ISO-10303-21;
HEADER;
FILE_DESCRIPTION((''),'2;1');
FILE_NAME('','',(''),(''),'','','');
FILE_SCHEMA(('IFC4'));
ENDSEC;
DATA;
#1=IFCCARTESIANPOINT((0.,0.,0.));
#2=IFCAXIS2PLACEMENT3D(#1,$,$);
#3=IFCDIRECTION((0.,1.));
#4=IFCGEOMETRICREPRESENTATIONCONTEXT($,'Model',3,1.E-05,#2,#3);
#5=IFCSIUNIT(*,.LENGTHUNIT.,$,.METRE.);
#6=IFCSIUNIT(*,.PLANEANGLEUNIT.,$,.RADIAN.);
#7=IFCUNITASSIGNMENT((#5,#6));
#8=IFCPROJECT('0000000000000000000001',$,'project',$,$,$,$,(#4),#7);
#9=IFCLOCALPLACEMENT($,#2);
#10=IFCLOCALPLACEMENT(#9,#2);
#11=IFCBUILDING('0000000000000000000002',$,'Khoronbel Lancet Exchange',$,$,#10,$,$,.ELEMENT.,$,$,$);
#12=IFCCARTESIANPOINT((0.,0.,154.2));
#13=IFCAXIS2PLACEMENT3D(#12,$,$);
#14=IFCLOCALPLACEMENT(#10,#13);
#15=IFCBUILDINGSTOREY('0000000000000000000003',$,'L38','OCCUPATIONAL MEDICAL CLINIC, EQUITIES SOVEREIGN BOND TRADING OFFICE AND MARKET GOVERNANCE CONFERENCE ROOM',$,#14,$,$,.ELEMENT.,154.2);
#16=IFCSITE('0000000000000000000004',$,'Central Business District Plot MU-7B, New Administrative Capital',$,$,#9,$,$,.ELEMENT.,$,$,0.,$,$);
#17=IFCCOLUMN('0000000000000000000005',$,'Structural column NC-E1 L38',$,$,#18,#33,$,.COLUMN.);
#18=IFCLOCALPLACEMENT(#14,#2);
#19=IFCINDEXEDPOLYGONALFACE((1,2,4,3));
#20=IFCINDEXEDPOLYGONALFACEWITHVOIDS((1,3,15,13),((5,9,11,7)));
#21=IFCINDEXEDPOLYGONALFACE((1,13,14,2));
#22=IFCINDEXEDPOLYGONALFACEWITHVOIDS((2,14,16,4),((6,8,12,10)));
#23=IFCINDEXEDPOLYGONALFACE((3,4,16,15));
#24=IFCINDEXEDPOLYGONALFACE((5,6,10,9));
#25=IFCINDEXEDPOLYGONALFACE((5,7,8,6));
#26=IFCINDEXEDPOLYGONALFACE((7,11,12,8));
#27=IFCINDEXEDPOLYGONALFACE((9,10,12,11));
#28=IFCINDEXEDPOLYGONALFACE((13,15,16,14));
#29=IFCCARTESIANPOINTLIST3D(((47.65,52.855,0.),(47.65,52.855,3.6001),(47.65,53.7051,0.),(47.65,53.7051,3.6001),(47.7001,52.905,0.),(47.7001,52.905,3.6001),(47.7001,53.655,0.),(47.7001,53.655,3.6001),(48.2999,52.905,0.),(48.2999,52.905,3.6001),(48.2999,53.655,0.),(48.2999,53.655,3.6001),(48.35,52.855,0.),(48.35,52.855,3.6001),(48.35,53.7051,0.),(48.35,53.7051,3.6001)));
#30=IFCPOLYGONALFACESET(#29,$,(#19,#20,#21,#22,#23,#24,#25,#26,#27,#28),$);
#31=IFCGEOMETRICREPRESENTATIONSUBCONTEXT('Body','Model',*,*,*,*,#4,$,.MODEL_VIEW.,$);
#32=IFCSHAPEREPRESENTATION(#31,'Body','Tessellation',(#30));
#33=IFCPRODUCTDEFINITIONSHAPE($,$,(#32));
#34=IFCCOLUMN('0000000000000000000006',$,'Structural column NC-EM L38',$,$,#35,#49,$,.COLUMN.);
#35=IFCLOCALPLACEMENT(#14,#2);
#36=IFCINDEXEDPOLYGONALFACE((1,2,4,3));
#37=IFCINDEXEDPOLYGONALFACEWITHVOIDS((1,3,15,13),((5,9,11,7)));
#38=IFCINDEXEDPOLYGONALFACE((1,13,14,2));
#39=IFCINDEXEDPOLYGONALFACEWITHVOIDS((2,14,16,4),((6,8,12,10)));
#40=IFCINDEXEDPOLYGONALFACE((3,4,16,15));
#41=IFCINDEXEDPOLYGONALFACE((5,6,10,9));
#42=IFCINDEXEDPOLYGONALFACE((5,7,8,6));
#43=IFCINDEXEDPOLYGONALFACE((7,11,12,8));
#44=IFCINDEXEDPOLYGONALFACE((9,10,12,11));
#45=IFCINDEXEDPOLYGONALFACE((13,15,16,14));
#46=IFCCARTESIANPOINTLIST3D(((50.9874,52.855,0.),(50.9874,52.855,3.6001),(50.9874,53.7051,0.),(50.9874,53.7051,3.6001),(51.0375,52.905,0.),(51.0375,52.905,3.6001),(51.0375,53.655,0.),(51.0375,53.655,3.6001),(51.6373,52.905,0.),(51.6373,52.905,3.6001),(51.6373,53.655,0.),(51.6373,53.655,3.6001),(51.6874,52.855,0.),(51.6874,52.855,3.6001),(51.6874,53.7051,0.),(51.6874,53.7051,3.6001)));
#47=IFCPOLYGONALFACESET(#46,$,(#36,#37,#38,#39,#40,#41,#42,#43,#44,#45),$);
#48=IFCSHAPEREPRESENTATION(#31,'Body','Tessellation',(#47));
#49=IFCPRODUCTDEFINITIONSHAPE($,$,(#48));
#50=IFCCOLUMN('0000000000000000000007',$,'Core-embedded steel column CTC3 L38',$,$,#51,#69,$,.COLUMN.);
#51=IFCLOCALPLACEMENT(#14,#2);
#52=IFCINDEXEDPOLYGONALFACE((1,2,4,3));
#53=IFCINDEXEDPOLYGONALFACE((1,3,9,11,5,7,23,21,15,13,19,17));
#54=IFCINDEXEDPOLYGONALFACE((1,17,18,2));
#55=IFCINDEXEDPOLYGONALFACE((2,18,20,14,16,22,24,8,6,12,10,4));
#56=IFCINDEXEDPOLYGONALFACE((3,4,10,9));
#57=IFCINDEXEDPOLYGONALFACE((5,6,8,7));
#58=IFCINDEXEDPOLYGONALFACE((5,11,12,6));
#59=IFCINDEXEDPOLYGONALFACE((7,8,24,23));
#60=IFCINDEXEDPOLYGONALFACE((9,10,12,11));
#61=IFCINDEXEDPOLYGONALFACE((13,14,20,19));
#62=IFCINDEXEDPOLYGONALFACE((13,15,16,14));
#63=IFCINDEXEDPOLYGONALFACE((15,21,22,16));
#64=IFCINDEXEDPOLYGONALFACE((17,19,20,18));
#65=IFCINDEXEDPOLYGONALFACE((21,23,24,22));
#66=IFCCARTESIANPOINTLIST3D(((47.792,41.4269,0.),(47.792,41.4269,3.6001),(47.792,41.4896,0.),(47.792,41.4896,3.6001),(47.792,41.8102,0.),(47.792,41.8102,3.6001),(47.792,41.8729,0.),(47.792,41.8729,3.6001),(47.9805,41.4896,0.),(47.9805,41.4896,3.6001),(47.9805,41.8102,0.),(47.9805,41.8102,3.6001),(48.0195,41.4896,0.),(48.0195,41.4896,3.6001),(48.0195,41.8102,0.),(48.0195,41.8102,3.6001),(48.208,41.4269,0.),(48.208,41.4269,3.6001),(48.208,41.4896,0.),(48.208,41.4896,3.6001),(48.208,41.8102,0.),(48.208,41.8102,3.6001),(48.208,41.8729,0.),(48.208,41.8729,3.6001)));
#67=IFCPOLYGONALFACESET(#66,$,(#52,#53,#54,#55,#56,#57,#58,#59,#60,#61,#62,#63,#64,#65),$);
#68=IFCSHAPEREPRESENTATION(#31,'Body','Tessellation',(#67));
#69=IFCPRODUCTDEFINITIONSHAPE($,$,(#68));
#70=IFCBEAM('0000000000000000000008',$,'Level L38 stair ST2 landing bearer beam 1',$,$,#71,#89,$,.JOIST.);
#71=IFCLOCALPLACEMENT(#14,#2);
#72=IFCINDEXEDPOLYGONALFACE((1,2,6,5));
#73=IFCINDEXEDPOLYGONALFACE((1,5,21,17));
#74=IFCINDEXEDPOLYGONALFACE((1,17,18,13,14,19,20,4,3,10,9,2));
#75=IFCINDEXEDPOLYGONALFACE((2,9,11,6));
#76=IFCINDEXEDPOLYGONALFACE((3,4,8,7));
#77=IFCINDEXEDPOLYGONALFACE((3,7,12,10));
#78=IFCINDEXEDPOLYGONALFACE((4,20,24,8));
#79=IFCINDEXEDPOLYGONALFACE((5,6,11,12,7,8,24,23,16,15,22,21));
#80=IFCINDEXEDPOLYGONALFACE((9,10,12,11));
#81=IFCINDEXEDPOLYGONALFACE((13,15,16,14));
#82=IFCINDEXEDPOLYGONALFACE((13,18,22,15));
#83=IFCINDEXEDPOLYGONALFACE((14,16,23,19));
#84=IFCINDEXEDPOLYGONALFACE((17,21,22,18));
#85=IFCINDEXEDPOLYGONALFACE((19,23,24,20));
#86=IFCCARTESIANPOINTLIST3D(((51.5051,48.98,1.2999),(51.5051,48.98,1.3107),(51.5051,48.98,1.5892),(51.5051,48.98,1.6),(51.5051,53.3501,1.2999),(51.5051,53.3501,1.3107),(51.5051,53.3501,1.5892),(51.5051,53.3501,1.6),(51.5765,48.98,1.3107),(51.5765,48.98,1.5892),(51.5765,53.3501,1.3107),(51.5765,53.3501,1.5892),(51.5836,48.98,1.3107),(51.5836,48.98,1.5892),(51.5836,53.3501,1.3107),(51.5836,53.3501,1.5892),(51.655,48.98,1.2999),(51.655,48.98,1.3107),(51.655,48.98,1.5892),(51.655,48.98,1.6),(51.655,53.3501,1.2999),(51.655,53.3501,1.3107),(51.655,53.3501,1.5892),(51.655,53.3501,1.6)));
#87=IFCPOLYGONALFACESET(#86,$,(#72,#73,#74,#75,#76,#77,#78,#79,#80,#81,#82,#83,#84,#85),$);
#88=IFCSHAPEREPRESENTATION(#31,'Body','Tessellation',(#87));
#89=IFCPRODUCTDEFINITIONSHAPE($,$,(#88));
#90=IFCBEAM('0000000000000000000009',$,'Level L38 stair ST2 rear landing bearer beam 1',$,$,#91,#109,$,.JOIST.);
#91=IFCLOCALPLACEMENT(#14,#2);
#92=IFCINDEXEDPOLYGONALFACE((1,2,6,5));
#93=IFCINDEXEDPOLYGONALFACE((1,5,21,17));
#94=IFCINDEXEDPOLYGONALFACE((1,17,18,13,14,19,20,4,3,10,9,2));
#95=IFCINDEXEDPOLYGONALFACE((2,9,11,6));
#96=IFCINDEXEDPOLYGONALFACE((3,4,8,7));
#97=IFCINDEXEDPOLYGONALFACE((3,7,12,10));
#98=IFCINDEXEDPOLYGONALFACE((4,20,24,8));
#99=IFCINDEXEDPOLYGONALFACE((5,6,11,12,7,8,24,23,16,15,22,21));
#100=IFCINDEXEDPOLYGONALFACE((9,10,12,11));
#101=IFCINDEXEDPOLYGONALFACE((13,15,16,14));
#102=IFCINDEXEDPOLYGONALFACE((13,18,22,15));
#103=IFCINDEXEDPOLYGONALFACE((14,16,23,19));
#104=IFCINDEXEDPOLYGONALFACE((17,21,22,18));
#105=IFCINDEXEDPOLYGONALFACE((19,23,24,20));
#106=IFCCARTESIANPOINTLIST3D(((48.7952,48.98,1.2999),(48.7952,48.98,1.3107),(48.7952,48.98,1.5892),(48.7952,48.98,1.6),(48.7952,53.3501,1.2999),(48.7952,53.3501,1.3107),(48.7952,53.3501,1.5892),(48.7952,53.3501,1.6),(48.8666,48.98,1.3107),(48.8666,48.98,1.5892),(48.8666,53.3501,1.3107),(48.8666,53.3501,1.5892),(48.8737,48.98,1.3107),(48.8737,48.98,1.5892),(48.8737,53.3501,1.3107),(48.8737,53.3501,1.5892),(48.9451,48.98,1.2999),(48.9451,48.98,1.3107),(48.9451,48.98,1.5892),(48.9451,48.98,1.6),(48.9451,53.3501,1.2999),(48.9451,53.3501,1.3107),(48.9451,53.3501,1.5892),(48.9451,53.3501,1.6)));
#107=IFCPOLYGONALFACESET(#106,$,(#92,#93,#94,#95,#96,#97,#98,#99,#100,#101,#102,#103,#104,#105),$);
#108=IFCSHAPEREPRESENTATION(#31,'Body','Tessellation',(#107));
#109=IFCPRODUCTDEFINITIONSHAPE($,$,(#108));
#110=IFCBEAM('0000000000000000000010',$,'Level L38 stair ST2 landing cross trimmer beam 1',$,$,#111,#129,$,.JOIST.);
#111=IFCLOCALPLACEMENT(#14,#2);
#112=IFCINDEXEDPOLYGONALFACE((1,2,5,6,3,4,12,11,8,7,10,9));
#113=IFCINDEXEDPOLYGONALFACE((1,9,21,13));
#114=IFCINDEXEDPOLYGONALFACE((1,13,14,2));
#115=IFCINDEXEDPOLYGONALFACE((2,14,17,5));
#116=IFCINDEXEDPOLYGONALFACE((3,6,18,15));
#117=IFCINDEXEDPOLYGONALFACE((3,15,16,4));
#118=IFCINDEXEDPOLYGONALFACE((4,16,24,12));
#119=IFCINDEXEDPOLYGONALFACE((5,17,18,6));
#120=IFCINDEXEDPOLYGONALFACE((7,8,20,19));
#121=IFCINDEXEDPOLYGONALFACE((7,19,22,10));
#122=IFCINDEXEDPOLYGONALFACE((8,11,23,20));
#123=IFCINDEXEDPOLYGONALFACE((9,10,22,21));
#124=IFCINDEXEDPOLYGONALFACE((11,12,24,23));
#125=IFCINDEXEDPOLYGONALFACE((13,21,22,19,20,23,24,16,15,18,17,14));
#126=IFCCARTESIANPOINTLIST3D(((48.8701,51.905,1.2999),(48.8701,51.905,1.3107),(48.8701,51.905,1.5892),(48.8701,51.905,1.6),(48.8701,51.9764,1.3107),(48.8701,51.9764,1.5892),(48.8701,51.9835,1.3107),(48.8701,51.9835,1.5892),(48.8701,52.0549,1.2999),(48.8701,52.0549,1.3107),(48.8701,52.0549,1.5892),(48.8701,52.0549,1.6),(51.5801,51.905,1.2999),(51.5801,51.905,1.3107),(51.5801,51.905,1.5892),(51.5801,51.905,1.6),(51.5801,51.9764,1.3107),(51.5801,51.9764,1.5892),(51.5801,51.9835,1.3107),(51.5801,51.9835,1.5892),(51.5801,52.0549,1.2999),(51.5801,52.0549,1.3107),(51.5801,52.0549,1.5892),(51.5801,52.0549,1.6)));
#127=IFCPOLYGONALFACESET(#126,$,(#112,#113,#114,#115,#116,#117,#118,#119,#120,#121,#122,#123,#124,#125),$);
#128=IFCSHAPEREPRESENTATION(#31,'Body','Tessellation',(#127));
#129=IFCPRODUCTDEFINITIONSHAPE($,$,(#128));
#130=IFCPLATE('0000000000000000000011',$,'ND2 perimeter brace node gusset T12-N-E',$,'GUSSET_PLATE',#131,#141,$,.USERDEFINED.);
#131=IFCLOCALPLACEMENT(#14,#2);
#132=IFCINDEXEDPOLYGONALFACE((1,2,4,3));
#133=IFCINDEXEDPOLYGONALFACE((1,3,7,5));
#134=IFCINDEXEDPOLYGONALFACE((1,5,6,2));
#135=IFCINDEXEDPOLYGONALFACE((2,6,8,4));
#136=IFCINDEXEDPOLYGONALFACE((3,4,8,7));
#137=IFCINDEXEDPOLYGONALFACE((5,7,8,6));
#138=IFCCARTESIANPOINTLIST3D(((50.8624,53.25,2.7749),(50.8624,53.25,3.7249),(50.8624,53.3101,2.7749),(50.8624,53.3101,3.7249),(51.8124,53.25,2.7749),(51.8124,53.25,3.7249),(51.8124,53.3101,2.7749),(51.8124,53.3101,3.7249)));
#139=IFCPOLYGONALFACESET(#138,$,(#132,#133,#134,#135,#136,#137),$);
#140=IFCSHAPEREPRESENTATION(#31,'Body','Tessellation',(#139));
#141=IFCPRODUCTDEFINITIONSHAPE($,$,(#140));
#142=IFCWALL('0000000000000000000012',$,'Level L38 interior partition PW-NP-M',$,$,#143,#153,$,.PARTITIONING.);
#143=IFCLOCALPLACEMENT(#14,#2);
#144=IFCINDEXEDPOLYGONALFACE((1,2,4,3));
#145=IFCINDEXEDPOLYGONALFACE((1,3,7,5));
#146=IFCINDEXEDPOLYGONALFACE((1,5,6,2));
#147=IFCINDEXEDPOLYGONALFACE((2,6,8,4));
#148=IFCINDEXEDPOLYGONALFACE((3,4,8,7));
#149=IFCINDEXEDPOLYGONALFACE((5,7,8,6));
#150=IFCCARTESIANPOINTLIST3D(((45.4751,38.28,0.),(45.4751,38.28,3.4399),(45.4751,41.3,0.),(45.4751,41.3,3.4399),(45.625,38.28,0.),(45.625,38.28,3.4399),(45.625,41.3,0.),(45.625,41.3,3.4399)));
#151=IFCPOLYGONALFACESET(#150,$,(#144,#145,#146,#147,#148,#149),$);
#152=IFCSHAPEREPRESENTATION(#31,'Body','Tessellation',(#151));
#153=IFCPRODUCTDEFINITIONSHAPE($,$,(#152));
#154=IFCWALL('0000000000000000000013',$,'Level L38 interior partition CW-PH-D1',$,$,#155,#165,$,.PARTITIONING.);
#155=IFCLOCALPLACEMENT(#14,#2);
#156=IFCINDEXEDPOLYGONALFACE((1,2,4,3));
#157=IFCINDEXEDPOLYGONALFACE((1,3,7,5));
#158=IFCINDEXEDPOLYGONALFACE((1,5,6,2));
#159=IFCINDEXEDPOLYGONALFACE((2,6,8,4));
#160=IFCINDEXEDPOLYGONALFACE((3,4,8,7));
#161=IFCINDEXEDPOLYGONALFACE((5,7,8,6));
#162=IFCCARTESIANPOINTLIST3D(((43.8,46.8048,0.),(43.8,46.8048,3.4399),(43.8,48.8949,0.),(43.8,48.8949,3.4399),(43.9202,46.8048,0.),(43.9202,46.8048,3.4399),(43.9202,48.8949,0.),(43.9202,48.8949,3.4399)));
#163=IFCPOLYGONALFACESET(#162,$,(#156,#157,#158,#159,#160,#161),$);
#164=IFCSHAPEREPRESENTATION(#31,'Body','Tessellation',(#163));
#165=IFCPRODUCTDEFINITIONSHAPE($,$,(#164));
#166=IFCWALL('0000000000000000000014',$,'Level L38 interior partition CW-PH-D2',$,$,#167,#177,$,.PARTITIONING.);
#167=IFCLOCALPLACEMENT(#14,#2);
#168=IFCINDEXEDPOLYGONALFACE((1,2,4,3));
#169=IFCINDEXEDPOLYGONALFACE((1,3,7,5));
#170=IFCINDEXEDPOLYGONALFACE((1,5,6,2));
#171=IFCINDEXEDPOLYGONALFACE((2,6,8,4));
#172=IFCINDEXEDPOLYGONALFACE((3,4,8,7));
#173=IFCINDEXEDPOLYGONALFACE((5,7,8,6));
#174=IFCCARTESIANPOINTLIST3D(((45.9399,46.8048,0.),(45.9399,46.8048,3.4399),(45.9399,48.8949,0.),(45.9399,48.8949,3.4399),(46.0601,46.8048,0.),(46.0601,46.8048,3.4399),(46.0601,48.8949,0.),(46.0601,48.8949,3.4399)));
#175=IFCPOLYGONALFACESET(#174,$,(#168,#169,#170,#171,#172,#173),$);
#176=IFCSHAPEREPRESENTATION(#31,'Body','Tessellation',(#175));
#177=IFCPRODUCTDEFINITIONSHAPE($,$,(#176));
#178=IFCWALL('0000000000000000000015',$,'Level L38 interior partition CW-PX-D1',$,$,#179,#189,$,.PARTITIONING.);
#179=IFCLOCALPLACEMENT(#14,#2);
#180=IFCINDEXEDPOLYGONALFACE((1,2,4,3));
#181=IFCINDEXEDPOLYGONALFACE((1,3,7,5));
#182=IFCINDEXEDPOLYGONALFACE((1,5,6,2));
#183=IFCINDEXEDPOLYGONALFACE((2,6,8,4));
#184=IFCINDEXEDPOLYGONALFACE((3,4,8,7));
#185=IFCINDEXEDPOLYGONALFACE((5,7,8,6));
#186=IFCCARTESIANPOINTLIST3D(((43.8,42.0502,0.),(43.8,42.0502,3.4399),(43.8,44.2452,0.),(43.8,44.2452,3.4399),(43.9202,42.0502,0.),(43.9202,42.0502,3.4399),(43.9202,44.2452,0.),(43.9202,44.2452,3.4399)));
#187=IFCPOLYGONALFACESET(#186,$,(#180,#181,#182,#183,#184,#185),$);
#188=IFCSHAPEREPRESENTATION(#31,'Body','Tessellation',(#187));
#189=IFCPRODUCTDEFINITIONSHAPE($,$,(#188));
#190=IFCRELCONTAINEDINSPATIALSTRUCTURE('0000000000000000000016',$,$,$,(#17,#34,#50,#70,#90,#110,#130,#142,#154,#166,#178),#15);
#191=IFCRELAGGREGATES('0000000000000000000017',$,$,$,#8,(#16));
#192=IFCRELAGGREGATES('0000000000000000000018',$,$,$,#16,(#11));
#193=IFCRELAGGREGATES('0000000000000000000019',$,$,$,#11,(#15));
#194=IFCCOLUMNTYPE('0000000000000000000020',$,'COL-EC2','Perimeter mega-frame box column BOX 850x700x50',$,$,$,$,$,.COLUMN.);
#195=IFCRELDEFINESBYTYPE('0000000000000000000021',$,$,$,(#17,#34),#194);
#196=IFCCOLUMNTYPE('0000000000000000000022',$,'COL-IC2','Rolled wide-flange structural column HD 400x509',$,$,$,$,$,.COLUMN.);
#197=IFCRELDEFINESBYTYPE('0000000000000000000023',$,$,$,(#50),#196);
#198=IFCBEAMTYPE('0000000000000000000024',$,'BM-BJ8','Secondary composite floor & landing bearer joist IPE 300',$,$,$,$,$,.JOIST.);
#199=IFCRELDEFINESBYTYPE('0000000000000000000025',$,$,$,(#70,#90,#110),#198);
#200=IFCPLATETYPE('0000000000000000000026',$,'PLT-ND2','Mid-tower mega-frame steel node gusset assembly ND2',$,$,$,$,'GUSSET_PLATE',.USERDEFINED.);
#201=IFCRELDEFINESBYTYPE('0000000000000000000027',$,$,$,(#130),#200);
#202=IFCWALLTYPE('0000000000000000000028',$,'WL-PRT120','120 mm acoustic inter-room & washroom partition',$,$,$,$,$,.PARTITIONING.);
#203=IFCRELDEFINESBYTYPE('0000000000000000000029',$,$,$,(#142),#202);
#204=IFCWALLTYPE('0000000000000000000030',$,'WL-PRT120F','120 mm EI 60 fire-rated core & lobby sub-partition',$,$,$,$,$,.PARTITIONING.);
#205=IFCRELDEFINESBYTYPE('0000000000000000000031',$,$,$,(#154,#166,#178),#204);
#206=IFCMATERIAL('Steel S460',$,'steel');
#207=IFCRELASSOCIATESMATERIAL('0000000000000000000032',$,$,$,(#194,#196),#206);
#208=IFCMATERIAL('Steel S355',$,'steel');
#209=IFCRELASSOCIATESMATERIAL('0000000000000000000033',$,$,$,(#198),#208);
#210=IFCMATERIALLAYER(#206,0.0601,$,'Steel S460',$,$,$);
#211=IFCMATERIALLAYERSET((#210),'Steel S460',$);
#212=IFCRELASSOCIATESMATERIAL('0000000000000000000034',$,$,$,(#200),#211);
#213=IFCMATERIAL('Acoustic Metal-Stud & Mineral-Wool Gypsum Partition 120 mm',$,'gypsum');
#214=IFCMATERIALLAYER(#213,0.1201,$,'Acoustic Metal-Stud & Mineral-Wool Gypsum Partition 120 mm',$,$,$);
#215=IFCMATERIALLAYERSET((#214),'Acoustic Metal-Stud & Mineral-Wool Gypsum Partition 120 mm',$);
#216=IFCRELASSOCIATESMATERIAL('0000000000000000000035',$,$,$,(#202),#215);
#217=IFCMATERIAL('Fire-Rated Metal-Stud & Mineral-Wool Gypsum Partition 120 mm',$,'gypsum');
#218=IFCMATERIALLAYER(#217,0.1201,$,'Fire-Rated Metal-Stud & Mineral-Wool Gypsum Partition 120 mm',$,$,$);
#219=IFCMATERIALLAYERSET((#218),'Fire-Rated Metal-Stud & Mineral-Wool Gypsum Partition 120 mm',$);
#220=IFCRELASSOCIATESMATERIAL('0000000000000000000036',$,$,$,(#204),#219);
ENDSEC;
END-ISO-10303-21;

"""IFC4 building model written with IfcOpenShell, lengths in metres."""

from ifc_helpers import new_model, si_unit, direction, frame, frame_2d, origin, origin_2d, place, context, subcontext, project, spatial, rectangle, hollow_rectangle, i_section, extrude, material, layer, layer_set, material_profile, profile_set, type_object, element, save


model = new_model("IFC4")

# Units and contexts
model_context = context("Model", 3, precision=1e-05, world=origin(), true_north=direction((0.0, 1.0)))
body_context = subcontext(model_context, "Body", "Model", "MODEL_VIEW")
ifc_project = project(units=[si_unit("LENGTHUNIT", "METRE"), si_unit("PLANEANGLEUNIT", "RADIAN")], contexts=[model_context])

# Site, building, storey
site_placement = place(None, origin())
site = spatial("IfcSite", under=ifc_project, at=site_placement, Name="Central Business District Plot MU-7B, New Administrative Capital", CompositionType="ELEMENT", RefElevation=0.0)
building_placement = place(site_placement, origin())
building = spatial("IfcBuilding", under=site, at=building_placement, Name="Khoronbel Lancet Exchange", CompositionType="ELEMENT")
storey_placement = place(building_placement, frame((0.0, 0.0, 154.2)))
storey = spatial("IfcBuildingStorey", under=building, at=storey_placement, Name="L38", Description="OCCUPATIONAL MEDICAL CLINIC, EQUITIES SOVEREIGN BOND TRADING OFFICE AND MARKET GOVERNANCE CONFERENCE ROOM", CompositionType="ELEMENT", Elevation=154.2)

# Columns
ifc_material_1 = material(Name="Steel S460", Category="steel")
ifc_material_profile_1 = material_profile(ifc_material_1, hollow_rectangle(XDim=0.7, YDim=0.8501, WallThickness=0.05, at=origin_2d()), Name="BOX 850x700x50")
ifc_profile_set_1 = profile_set([ifc_material_profile_1], Name="Steel S460")
column_type_1 = type_object("IfcColumnType", Name="COL-EC2", Description="Perimeter mega-frame box column BOX 850x700x50", PredefinedType="COLUMN", material=ifc_profile_set_1)
for number, where, z_axis, x_axis, name in (
    (1, (48.0, 53.28, 0.0), (0.0, 0.0, 1.0), (1.0, 0.0, 0.0), "Structural column NC-E1 L38"),
    (2, (51.3374, 53.28, 0.0), (0.0, 0.0, 1.0), (1.0, 0.0, 0.0), "Structural column NC-EM L38"),
):
    element("IfcColumn", number, at=place(storey_placement, frame(where, z_axis=z_axis, x_axis=x_axis)), inside=storey, type_object=column_type_1, Name=name, PredefinedType="COLUMN", context=body_context, shape_type="SweptSolid", body=[
        extrude(hollow_rectangle(XDim=0.7, YDim=0.8501, WallThickness=0.05, at=origin_2d()), origin(), (0.0, 0.0, 1.0), 3.6001),
    ])
ifc_material_profile_2 = material_profile(ifc_material_1, i_section(OverallWidth=0.416, OverallDepth=0.446, WebThickness=0.0391, FlangeThickness=0.0627, at=origin_2d()), Name="HD 400x509")
ifc_profile_set_2 = profile_set([ifc_material_profile_2], Name="Steel S460")
column_type_2 = type_object("IfcColumnType", Name="COL-IC2", Description="Rolled wide-flange structural column HD 400x509", PredefinedType="COLUMN", material=ifc_profile_set_2)
column_placement = place(storey_placement, frame((48.0, 41.6499, 0.0), z_axis=(0.0, 0.0, 1.0), x_axis=(1.0, 0.0, 0.0)))
element("IfcColumn", 3, at=column_placement, inside=storey, type_object=column_type_2, Name="Core-embedded steel column CTC3 L38", PredefinedType="COLUMN", context=body_context, shape_type="SweptSolid", body=[
    extrude(i_section(OverallWidth=0.416, OverallDepth=0.446, WebThickness=0.0391, FlangeThickness=0.0627, at=origin_2d()), origin(), (0.0, 0.0, 1.0), 3.6001),
])

# Beams
ifc_material_2 = material(Name="Steel S355", Category="steel")
ifc_material_profile_3 = material_profile(ifc_material_2, i_section(OverallWidth=0.1499, OverallDepth=0.3, WebThickness=0.0071, FlangeThickness=0.0107, at=origin_2d()), Name="IPE 300")
ifc_profile_set_3 = profile_set([ifc_material_profile_3], Name="Steel S355")
beam_type = type_object("IfcBeamType", Name="BM-BJ8", Description="Secondary composite floor & landing bearer joist IPE 300", PredefinedType="JOIST", material=ifc_profile_set_3)
for number, where, z_axis, x_axis, name in (
    (4, (51.5801, 48.98, 1.45), (0.0, 1.0, 0.0), (-1.0, 0.0, 0.0), "Level L38 stair ST2 landing bearer beam 1"),
    (5, (48.8701, 48.98, 1.45), (0.0, 1.0, 0.0), (-1.0, 0.0, 0.0), "Level L38 stair ST2 rear landing bearer beam 1"),
):
    element("IfcBeam", number, at=place(storey_placement, frame(where, z_axis=z_axis, x_axis=x_axis)), inside=storey, type_object=beam_type, Name=name, PredefinedType="JOIST", context=body_context, shape_type="SweptSolid", body=[
        extrude(i_section(OverallWidth=0.1499, OverallDepth=0.3, WebThickness=0.0071, FlangeThickness=0.0107, at=origin_2d()), origin(), (0.0, 0.0, 1.0), 4.3701),
    ])
beam_placement = place(storey_placement, frame((48.8701, 51.98, 1.45), z_axis=(1.0, 0.0, 0.0), x_axis=(0.0, 1.0, 0.0)))
element("IfcBeam", 6, at=beam_placement, inside=storey, type_object=beam_type, Name="Level L38 stair ST2 landing cross trimmer beam 1", PredefinedType="JOIST", context=body_context, shape_type="SweptSolid", body=[
    extrude(i_section(OverallWidth=0.1499, OverallDepth=0.3, WebThickness=0.0071, FlangeThickness=0.0107, at=origin_2d()), origin(), (0.0, 0.0, 1.0), 2.71),
])

# Plate
ifc_layer_1 = layer(ifc_material_1, 0.0601, Name="Steel S460")
ifc_layer_set_1 = layer_set([ifc_layer_1], Name="Steel S460")
plate_type = type_object("IfcPlateType", Name="PLT-ND2", Description="Mid-tower mega-frame steel node gusset assembly ND2", ElementType="GUSSET_PLATE", PredefinedType="USERDEFINED", material=ifc_layer_set_1)
plate_placement = place(storey_placement, frame((51.3374, 53.28, 2.7749), z_axis=(0.0, 0.0, 1.0), x_axis=(1.0, 0.0, 0.0)))
element("IfcPlate", 7, at=plate_placement, inside=storey, type_object=plate_type, Name="ND2 perimeter brace node gusset T12-N-E", ObjectType="GUSSET_PLATE", PredefinedType="USERDEFINED", context=body_context, shape_type="SweptSolid", body=[
    extrude(rectangle(XDim=0.95, YDim=0.0601, at=origin_2d()), origin(), (0.0, 0.0, 1.0), 0.95),
])

# Walls
ifc_material_3 = material(Name="Acoustic Metal-Stud & Mineral-Wool Gypsum Partition 120 mm", Category="gypsum")
ifc_layer_2 = layer(ifc_material_3, 0.1201, Name="Acoustic Metal-Stud & Mineral-Wool Gypsum Partition 120 mm")
ifc_layer_set_2 = layer_set([ifc_layer_2], Name="Acoustic Metal-Stud & Mineral-Wool Gypsum Partition 120 mm")
wall_type_1 = type_object("IfcWallType", Name="WL-PRT120", Description="120 mm acoustic inter-room & washroom partition", PredefinedType="PARTITIONING", material=ifc_layer_set_2)
wall_1_placement = place(storey_placement, frame((45.55, 38.28, 0.0), z_axis=(0.0, 0.0, 1.0), x_axis=(0.0, 1.0, 0.0)))
element("IfcWall", 8, at=wall_1_placement, inside=storey, type_object=wall_type_1, Name="Level L38 interior partition PW-NP-M", PredefinedType="PARTITIONING", context=body_context, shape_type="SweptSolid", body=[
    extrude(rectangle(XDim=3.02, YDim=0.1499, at=frame_2d((1.51, 0.0))), origin(), (0.0, 0.0, 1.0), 3.4399),
])
ifc_material_4 = material(Name="Fire-Rated Metal-Stud & Mineral-Wool Gypsum Partition 120 mm", Category="gypsum")
ifc_layer_3 = layer(ifc_material_4, 0.1201, Name="Fire-Rated Metal-Stud & Mineral-Wool Gypsum Partition 120 mm")
ifc_layer_set_3 = layer_set([ifc_layer_3], Name="Fire-Rated Metal-Stud & Mineral-Wool Gypsum Partition 120 mm")
wall_type_2 = type_object("IfcWallType", Name="WL-PRT120F", Description="120 mm EI 60 fire-rated core & lobby sub-partition", PredefinedType="PARTITIONING", material=ifc_layer_set_3)
for number, where, z_axis, x_axis, name in (
    (9, (43.8601, 46.8049, 0.0), (0.0, 0.0, 1.0), (0.0, 1.0, 0.0), "Level L38 interior partition CW-PH-D1"),
    (10, (46.0, 46.8049, 0.0), (0.0, 0.0, 1.0), (0.0, 1.0, 0.0), "Level L38 interior partition CW-PH-D2"),
):
    element("IfcWall", number, at=place(storey_placement, frame(where, z_axis=z_axis, x_axis=x_axis)), inside=storey, type_object=wall_type_2, Name=name, PredefinedType="PARTITIONING", context=body_context, shape_type="SweptSolid", body=[
        extrude(rectangle(XDim=2.0901, YDim=0.1201, at=frame_2d((1.0449, 0.0))), origin(), (0.0, 0.0, 1.0), 3.4399),
    ])
for number, where, z_axis, x_axis, name in (
    (11, (43.8601, 42.05, 0.0), (0.0, 0.0, 1.0), (0.0, 1.0, 0.0), "Level L38 interior partition CW-PX-D1"),
):
    element("IfcWall", number, at=place(storey_placement, frame(where, z_axis=z_axis, x_axis=x_axis)), inside=storey, type_object=wall_type_2, Name=name, PredefinedType="PARTITIONING", context=body_context, shape_type="SweptSolid", body=[
        extrude(rectangle(XDim=2.1951, YDim=0.1201, at=frame_2d((1.0977, 0.0))), origin(), (0.0, 0.0, 1.0), 3.4399),
    ])

save(model, "model.ifc")
